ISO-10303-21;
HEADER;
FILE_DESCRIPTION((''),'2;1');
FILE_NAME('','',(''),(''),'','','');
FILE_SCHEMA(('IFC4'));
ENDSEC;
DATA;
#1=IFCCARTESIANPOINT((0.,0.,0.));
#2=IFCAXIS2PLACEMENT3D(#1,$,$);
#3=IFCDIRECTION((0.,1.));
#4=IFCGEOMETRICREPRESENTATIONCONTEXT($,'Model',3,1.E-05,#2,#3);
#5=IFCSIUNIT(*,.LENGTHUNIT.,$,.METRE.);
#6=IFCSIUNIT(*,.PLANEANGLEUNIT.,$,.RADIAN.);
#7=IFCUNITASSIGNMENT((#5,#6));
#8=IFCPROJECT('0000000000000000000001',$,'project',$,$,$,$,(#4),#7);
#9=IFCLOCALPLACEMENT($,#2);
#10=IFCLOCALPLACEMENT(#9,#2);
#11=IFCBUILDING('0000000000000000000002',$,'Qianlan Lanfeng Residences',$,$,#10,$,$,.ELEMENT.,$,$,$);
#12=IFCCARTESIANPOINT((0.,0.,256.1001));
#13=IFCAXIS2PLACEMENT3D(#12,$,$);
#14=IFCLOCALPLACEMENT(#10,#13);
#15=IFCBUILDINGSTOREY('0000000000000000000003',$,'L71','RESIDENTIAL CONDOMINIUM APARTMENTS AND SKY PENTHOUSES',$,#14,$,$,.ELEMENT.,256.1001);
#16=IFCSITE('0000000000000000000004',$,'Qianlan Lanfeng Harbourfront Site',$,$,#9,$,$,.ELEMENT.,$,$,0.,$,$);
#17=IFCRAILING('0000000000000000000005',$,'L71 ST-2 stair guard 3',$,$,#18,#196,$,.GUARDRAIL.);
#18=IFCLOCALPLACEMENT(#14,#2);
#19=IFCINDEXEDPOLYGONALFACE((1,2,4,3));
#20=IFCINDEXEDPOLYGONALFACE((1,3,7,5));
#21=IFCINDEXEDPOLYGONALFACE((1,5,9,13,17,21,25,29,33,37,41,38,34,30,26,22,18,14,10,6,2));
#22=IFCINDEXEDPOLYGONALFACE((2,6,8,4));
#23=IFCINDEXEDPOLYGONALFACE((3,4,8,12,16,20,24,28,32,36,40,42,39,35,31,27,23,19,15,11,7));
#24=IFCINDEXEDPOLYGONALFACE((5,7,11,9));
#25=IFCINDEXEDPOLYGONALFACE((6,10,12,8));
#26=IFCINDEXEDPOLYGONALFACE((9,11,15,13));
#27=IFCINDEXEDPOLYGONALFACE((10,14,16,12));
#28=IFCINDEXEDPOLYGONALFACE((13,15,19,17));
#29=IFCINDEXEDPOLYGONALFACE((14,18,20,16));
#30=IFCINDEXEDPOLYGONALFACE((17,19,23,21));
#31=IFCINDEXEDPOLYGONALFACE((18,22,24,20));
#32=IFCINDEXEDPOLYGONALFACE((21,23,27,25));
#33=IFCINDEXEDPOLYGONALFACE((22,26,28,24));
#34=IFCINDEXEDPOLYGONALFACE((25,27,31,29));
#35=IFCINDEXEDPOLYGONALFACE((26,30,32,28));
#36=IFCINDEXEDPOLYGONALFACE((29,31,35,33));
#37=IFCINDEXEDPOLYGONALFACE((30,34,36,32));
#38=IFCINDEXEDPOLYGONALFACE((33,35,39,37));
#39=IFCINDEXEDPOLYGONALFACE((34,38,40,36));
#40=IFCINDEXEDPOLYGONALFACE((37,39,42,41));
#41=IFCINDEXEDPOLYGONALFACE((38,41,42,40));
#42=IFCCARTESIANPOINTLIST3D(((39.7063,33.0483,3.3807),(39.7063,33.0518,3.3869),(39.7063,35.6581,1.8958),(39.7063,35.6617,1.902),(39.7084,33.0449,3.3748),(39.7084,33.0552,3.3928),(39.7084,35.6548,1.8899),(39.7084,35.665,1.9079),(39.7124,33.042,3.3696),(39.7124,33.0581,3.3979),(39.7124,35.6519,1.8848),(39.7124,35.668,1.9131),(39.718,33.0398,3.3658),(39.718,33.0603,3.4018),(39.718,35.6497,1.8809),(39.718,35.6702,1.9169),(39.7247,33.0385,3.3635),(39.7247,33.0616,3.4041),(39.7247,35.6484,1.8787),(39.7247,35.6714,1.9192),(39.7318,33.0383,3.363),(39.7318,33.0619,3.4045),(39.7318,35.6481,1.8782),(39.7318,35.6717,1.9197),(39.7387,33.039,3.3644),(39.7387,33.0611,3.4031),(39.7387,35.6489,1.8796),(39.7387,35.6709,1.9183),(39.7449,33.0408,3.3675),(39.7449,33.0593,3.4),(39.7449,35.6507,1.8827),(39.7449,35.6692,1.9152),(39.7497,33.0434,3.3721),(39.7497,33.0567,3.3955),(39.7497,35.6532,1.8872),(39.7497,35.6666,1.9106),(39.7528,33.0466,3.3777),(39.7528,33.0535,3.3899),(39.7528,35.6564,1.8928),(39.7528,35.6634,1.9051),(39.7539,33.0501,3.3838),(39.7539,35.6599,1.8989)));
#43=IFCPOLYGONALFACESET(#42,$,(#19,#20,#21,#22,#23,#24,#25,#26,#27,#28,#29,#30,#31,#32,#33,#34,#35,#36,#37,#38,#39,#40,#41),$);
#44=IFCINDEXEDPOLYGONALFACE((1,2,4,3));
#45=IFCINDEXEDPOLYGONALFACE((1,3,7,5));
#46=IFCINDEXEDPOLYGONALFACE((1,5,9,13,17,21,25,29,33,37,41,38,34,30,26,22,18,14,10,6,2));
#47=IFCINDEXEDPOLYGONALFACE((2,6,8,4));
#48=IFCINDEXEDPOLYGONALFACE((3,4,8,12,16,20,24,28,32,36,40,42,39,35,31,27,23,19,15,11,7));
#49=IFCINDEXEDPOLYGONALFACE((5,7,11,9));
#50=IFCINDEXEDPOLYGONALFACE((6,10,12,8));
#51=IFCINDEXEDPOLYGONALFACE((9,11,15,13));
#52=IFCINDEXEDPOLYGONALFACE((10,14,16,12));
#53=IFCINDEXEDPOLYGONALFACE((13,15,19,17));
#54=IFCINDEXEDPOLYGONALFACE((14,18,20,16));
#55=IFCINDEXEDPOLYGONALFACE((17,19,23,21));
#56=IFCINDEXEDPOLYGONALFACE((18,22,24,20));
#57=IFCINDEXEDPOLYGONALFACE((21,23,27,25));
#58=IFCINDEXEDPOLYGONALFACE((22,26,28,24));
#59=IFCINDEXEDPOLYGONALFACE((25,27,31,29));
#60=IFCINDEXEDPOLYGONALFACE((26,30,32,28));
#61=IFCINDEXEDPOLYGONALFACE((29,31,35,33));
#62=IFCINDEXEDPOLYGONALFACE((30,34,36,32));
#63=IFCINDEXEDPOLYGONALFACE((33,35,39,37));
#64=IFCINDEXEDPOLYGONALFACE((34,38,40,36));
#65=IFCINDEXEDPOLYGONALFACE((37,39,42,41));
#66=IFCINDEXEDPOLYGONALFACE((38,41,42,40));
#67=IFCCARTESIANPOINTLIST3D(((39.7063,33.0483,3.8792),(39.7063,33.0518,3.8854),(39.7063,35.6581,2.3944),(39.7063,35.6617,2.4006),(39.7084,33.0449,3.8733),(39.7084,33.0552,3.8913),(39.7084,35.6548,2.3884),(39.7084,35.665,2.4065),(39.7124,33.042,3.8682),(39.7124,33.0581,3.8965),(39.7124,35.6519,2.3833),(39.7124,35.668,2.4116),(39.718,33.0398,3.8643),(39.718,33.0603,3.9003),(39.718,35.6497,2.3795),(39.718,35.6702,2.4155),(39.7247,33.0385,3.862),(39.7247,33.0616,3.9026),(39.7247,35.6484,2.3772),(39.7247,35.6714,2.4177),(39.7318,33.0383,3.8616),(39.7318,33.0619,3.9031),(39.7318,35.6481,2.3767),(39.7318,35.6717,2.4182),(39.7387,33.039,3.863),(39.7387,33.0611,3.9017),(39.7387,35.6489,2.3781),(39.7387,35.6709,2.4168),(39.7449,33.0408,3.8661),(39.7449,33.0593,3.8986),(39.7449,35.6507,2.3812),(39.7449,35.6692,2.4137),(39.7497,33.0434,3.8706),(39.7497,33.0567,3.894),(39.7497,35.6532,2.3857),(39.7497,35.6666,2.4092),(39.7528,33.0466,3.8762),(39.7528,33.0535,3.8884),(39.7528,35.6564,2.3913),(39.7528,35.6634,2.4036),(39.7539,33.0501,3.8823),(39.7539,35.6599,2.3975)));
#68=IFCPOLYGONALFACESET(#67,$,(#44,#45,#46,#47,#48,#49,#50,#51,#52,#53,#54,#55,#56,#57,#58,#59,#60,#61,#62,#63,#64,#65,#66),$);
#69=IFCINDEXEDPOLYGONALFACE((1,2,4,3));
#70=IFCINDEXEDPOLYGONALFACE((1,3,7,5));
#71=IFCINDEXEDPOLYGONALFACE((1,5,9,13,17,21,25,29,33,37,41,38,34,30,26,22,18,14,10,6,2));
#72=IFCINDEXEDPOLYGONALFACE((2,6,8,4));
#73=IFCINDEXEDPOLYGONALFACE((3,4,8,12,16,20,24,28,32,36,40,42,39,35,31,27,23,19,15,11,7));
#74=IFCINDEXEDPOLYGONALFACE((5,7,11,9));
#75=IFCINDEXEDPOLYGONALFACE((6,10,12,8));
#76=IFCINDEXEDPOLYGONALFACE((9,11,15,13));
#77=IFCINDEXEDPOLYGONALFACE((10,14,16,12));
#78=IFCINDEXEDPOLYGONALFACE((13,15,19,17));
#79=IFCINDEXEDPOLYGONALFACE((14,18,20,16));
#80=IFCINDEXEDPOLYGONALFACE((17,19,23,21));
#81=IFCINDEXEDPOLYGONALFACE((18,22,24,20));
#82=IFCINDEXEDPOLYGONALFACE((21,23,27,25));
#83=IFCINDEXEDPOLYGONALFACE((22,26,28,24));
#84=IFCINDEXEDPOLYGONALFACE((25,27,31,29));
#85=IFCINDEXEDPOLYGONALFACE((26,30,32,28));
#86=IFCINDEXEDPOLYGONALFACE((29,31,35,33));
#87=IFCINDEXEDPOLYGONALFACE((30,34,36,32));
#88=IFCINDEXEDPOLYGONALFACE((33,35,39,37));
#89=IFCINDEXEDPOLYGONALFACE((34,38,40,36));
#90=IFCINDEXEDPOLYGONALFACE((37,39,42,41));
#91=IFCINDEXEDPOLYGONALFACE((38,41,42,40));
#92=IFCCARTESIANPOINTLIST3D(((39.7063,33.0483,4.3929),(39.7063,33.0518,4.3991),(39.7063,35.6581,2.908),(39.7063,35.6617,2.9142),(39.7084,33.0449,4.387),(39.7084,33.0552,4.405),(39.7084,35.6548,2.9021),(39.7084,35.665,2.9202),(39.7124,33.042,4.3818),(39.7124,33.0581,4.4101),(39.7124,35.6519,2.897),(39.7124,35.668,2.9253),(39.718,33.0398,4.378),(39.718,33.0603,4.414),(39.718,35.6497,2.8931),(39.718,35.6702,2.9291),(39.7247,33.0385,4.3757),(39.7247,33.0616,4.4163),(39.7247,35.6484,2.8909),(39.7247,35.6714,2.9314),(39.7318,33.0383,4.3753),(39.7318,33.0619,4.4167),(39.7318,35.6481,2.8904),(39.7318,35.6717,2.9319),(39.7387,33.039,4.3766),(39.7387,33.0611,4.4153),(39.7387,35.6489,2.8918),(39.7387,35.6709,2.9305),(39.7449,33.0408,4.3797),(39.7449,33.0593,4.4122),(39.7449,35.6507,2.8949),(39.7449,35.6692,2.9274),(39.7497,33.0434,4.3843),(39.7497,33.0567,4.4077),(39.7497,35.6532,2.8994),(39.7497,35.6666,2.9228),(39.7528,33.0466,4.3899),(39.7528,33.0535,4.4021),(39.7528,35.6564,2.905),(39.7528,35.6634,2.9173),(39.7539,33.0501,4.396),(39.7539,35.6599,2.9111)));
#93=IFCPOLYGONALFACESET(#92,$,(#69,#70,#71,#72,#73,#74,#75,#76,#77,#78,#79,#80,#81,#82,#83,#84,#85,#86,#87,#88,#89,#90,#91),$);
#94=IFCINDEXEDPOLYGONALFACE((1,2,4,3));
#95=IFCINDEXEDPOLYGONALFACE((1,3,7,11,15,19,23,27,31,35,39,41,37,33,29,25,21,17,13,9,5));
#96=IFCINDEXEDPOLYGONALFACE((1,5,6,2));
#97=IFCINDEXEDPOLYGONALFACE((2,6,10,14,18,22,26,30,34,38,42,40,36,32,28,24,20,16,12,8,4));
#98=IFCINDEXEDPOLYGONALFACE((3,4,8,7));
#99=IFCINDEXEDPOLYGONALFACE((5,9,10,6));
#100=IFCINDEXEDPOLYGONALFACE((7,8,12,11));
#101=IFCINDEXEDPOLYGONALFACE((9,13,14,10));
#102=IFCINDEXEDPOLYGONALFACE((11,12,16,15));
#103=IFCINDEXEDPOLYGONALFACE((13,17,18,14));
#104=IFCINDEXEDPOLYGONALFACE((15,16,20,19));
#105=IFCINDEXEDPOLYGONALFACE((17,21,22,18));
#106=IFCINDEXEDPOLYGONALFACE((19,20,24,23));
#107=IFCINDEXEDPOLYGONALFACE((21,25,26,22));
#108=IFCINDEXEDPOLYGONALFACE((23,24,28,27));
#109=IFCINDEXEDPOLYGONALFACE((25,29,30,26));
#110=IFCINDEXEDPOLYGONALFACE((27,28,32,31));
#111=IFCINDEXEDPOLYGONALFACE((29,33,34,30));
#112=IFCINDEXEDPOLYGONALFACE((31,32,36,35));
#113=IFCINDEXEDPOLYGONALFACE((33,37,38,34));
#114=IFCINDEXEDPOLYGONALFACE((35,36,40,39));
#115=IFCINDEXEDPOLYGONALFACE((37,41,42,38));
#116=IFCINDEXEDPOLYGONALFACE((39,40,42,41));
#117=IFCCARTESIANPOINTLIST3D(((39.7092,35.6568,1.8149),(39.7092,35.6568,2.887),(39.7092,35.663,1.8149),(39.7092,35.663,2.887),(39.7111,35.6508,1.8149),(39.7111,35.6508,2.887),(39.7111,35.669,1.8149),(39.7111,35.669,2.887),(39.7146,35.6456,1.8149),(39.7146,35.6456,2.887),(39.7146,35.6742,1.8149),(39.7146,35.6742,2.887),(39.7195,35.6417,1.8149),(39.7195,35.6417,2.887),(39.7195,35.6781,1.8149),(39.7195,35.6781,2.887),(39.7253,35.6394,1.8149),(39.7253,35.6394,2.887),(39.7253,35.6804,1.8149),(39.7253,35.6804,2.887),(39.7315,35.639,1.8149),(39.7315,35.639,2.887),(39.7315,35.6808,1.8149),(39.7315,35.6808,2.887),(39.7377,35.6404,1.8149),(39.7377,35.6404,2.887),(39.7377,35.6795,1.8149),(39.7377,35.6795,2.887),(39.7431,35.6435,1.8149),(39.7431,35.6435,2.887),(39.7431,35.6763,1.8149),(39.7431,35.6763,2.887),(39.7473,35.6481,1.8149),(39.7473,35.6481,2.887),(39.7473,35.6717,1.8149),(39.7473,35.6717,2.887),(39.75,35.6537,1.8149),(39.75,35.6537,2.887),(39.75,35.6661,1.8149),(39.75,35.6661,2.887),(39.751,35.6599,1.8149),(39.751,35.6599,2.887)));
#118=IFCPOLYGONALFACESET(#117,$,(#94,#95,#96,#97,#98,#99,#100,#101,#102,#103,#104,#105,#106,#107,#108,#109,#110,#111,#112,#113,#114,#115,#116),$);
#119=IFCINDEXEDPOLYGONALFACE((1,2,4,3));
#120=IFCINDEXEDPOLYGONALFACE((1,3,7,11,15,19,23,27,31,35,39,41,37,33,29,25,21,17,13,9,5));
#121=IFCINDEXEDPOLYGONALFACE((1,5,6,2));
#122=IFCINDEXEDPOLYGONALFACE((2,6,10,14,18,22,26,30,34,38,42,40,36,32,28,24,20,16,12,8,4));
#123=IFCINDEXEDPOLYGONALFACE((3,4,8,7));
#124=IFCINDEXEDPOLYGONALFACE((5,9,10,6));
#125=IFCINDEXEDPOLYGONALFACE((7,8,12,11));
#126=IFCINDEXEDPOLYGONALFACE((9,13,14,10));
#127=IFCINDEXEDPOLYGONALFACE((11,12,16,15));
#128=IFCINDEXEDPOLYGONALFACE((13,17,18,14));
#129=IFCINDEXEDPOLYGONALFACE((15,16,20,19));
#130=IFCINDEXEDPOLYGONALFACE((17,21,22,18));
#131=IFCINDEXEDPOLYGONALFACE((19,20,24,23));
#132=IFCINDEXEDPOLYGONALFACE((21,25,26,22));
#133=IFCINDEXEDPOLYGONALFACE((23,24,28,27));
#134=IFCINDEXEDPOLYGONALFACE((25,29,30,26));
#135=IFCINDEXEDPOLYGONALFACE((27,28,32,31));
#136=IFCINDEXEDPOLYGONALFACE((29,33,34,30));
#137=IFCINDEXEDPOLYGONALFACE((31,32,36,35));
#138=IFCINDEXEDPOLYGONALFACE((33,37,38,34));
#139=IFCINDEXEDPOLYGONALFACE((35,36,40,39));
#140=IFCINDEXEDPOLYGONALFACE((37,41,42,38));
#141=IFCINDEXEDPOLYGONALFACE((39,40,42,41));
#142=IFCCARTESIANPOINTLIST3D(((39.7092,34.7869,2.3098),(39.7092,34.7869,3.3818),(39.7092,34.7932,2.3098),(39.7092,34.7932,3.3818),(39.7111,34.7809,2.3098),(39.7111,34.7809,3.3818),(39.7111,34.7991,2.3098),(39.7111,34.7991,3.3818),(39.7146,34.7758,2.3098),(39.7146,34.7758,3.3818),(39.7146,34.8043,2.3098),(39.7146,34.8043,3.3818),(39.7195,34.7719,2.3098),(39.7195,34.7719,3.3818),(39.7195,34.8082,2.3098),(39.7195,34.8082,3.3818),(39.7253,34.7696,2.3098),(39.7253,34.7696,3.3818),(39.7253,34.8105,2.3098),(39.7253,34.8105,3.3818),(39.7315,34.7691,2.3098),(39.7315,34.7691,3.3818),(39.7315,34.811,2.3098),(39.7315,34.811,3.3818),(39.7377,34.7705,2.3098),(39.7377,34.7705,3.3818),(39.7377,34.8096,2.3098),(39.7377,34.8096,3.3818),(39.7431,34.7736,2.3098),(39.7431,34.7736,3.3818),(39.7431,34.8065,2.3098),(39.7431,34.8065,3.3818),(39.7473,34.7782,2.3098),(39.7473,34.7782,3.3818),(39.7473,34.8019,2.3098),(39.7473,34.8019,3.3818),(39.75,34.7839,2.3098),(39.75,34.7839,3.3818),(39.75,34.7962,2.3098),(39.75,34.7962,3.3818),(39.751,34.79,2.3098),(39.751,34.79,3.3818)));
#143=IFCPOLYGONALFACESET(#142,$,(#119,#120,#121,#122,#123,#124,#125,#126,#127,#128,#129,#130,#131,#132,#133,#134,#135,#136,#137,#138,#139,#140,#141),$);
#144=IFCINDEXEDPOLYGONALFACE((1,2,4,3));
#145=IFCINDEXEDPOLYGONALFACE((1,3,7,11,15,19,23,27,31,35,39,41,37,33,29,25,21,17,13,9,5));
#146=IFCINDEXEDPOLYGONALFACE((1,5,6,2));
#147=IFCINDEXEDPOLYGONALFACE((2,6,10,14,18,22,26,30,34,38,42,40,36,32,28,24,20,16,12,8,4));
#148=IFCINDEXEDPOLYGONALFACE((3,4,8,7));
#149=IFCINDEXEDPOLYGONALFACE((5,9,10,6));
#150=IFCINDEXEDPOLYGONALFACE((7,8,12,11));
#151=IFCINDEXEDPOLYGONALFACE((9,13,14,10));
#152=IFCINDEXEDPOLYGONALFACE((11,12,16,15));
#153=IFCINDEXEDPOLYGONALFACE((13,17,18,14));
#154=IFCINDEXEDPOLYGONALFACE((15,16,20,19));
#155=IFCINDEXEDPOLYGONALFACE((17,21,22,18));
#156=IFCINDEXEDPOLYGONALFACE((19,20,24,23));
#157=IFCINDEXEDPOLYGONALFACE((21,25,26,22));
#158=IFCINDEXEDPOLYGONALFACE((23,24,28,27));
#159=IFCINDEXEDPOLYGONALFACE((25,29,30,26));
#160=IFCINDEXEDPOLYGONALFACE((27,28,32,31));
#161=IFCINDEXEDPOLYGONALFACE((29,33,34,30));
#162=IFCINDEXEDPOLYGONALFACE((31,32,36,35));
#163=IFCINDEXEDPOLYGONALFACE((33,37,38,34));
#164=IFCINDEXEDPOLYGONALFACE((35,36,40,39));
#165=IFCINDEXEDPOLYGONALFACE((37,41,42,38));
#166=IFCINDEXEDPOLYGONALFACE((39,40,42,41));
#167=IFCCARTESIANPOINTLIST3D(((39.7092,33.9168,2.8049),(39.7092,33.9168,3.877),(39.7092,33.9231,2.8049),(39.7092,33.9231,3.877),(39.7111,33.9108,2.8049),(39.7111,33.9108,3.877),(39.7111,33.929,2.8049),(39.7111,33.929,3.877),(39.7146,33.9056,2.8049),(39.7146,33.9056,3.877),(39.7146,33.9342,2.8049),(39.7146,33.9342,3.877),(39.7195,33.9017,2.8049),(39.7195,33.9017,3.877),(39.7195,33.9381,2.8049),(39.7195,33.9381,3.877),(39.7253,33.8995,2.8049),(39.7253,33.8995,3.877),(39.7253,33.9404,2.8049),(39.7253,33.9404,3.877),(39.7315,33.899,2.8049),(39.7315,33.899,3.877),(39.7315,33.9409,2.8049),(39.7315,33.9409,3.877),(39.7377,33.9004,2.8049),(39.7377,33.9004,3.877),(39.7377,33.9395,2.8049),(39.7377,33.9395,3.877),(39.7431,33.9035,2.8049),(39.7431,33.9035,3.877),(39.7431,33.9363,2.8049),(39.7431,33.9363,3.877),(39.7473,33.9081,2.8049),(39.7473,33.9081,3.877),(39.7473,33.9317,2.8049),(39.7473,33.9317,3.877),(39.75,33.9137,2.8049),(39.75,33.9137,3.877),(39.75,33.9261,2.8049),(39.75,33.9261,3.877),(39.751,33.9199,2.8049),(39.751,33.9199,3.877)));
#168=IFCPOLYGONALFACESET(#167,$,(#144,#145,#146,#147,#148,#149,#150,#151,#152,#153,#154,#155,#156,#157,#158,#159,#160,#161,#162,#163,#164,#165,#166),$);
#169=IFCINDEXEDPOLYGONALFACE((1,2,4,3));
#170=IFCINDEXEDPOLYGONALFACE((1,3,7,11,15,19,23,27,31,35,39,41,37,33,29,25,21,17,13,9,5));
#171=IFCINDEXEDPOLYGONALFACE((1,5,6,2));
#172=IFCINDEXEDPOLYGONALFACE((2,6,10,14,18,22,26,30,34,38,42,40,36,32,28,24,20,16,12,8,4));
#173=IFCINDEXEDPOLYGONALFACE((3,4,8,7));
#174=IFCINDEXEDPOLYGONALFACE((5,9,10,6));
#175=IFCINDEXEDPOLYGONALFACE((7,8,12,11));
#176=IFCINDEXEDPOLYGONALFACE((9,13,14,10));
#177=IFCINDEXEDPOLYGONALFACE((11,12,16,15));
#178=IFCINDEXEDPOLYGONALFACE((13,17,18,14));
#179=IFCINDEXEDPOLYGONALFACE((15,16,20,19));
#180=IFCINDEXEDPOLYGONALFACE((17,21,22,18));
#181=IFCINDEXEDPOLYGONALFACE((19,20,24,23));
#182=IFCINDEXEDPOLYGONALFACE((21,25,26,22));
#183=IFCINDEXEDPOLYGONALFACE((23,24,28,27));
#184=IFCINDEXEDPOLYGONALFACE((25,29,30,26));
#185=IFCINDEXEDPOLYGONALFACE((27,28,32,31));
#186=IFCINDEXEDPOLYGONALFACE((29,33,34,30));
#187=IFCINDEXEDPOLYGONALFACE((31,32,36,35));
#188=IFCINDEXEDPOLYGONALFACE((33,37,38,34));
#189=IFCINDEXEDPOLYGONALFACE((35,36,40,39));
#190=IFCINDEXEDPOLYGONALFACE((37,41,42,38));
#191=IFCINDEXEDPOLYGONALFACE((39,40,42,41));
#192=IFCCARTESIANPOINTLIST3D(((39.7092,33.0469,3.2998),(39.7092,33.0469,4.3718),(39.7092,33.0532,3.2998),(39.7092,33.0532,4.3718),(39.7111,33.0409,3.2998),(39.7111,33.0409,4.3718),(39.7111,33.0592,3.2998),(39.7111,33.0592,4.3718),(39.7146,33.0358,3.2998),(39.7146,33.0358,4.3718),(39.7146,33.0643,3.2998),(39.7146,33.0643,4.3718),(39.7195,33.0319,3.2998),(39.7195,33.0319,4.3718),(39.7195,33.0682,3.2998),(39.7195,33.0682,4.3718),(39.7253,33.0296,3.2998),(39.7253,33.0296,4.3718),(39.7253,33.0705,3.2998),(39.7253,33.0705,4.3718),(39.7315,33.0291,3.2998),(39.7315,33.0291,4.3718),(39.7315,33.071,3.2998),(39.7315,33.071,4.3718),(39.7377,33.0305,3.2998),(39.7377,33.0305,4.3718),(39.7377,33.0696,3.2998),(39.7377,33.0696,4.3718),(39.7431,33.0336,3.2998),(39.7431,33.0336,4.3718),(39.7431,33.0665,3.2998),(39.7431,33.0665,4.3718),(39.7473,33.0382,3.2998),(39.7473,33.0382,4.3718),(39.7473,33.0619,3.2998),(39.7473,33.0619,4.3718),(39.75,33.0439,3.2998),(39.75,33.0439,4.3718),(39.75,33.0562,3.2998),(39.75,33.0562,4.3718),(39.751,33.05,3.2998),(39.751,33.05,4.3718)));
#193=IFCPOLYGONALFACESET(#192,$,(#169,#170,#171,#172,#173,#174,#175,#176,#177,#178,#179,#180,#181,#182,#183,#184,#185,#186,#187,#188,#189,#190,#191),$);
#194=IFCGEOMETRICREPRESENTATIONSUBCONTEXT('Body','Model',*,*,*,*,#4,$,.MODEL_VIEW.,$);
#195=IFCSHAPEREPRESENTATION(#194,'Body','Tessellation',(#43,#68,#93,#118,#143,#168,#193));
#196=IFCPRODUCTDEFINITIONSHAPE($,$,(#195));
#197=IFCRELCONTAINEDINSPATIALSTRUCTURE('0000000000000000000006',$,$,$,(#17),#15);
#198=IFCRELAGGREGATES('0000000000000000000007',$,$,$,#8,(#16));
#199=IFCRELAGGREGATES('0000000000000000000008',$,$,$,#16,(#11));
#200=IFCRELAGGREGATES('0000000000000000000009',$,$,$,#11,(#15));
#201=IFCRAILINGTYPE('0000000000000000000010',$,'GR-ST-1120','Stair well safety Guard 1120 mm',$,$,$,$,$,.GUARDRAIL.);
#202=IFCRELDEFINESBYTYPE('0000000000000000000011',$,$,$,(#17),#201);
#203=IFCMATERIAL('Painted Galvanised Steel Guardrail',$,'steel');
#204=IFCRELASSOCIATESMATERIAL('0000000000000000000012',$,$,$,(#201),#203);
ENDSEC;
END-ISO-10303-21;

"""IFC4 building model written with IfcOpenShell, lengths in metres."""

from ifc_helpers import new_model, si_unit, direction, frame, origin, origin_2d, place, context, subcontext, project, spatial, circle, extrude, material, type_object, element, save


model = new_model("IFC4")

# Units and contexts
model_context = context("Model", 3, precision=1e-05, world=origin(), true_north=direction((0.0, 1.0)))
body_context = subcontext(model_context, "Body", "Model", "MODEL_VIEW")
ifc_project = project(units=[si_unit("LENGTHUNIT", "METRE"), si_unit("PLANEANGLEUNIT", "RADIAN")], contexts=[model_context])

# Site, building, storey
site_placement = place(None, origin())
site = spatial("IfcSite", under=ifc_project, at=site_placement, Name="Qianlan Lanfeng Harbourfront Site", CompositionType="ELEMENT", RefElevation=0.0)
building_placement = place(site_placement, origin())
building = spatial("IfcBuilding", under=site, at=building_placement, Name="Qianlan Lanfeng Residences", CompositionType="ELEMENT")
storey_placement = place(building_placement, frame((0.0, 0.0, 256.1001)))
storey = spatial("IfcBuildingStorey", under=building, at=storey_placement, Name="L71", Description="RESIDENTIAL CONDOMINIUM APARTMENTS AND SKY PENTHOUSES", CompositionType="ELEMENT", Elevation=256.1001)

# Railing
ifc_material_1 = material(Name="Painted Galvanised Steel Guardrail", Category="steel")
railing_type_1 = type_object("IfcRailingType", Name="GR-ST-1120", Description="Stair well safety Guard 1120 mm", PredefinedType="GUARDRAIL", material=ifc_material_1)
railing_1_placement = place(storey_placement, frame((39.73, 35.6599, 1.8149)))
element("IfcRailing", 1, at=railing_1_placement, inside=storey, type_object=railing_type_1, Name="L71 ST-2 stair guard 3", PredefinedType="GUARDRAIL", context=body_context, shape_type="SweptSolid", body=[
    extrude(circle(Radius=0.0239, at=origin_2d()), frame((0.0, 0.0, 0.084), z_axis=(0.0, -0.869172, 0.494509), x_axis=(1.0, 0.0, 0.0)), (0.0, 0.0, 1.0), 3.0027),
    extrude(circle(Radius=0.0239, at=origin_2d()), frame((0.0, 0.0, 0.5825), z_axis=(0.0, -0.869172, 0.494509), x_axis=(1.0, 0.0, 0.0)), (0.0, 0.0, 1.0), 3.0027),
    extrude(circle(Radius=0.0239, at=origin_2d()), frame((0.0, 0.0, 1.0962), z_axis=(0.0, -0.869172, 0.494509), x_axis=(1.0, 0.0, 0.0)), (0.0, 0.0, 1.0), 3.0027),
    extrude(circle(Radius=0.021, at=origin_2d()), origin(), (0.0, 0.0, 1.0), 1.072),
    extrude(circle(Radius=0.021, at=origin_2d()), frame((0.0, -0.8699, 0.4949)), (0.0, 0.0, 1.0), 1.072),
    extrude(circle(Radius=0.021, at=origin_2d()), frame((0.0, -1.74, 0.99)), (0.0, 0.0, 1.0), 1.072),
    extrude(circle(Radius=0.021, at=origin_2d()), frame((0.0, -2.6099, 1.4849)), (0.0, 0.0, 1.0), 1.072),
])

save(model, "model.ifc")
